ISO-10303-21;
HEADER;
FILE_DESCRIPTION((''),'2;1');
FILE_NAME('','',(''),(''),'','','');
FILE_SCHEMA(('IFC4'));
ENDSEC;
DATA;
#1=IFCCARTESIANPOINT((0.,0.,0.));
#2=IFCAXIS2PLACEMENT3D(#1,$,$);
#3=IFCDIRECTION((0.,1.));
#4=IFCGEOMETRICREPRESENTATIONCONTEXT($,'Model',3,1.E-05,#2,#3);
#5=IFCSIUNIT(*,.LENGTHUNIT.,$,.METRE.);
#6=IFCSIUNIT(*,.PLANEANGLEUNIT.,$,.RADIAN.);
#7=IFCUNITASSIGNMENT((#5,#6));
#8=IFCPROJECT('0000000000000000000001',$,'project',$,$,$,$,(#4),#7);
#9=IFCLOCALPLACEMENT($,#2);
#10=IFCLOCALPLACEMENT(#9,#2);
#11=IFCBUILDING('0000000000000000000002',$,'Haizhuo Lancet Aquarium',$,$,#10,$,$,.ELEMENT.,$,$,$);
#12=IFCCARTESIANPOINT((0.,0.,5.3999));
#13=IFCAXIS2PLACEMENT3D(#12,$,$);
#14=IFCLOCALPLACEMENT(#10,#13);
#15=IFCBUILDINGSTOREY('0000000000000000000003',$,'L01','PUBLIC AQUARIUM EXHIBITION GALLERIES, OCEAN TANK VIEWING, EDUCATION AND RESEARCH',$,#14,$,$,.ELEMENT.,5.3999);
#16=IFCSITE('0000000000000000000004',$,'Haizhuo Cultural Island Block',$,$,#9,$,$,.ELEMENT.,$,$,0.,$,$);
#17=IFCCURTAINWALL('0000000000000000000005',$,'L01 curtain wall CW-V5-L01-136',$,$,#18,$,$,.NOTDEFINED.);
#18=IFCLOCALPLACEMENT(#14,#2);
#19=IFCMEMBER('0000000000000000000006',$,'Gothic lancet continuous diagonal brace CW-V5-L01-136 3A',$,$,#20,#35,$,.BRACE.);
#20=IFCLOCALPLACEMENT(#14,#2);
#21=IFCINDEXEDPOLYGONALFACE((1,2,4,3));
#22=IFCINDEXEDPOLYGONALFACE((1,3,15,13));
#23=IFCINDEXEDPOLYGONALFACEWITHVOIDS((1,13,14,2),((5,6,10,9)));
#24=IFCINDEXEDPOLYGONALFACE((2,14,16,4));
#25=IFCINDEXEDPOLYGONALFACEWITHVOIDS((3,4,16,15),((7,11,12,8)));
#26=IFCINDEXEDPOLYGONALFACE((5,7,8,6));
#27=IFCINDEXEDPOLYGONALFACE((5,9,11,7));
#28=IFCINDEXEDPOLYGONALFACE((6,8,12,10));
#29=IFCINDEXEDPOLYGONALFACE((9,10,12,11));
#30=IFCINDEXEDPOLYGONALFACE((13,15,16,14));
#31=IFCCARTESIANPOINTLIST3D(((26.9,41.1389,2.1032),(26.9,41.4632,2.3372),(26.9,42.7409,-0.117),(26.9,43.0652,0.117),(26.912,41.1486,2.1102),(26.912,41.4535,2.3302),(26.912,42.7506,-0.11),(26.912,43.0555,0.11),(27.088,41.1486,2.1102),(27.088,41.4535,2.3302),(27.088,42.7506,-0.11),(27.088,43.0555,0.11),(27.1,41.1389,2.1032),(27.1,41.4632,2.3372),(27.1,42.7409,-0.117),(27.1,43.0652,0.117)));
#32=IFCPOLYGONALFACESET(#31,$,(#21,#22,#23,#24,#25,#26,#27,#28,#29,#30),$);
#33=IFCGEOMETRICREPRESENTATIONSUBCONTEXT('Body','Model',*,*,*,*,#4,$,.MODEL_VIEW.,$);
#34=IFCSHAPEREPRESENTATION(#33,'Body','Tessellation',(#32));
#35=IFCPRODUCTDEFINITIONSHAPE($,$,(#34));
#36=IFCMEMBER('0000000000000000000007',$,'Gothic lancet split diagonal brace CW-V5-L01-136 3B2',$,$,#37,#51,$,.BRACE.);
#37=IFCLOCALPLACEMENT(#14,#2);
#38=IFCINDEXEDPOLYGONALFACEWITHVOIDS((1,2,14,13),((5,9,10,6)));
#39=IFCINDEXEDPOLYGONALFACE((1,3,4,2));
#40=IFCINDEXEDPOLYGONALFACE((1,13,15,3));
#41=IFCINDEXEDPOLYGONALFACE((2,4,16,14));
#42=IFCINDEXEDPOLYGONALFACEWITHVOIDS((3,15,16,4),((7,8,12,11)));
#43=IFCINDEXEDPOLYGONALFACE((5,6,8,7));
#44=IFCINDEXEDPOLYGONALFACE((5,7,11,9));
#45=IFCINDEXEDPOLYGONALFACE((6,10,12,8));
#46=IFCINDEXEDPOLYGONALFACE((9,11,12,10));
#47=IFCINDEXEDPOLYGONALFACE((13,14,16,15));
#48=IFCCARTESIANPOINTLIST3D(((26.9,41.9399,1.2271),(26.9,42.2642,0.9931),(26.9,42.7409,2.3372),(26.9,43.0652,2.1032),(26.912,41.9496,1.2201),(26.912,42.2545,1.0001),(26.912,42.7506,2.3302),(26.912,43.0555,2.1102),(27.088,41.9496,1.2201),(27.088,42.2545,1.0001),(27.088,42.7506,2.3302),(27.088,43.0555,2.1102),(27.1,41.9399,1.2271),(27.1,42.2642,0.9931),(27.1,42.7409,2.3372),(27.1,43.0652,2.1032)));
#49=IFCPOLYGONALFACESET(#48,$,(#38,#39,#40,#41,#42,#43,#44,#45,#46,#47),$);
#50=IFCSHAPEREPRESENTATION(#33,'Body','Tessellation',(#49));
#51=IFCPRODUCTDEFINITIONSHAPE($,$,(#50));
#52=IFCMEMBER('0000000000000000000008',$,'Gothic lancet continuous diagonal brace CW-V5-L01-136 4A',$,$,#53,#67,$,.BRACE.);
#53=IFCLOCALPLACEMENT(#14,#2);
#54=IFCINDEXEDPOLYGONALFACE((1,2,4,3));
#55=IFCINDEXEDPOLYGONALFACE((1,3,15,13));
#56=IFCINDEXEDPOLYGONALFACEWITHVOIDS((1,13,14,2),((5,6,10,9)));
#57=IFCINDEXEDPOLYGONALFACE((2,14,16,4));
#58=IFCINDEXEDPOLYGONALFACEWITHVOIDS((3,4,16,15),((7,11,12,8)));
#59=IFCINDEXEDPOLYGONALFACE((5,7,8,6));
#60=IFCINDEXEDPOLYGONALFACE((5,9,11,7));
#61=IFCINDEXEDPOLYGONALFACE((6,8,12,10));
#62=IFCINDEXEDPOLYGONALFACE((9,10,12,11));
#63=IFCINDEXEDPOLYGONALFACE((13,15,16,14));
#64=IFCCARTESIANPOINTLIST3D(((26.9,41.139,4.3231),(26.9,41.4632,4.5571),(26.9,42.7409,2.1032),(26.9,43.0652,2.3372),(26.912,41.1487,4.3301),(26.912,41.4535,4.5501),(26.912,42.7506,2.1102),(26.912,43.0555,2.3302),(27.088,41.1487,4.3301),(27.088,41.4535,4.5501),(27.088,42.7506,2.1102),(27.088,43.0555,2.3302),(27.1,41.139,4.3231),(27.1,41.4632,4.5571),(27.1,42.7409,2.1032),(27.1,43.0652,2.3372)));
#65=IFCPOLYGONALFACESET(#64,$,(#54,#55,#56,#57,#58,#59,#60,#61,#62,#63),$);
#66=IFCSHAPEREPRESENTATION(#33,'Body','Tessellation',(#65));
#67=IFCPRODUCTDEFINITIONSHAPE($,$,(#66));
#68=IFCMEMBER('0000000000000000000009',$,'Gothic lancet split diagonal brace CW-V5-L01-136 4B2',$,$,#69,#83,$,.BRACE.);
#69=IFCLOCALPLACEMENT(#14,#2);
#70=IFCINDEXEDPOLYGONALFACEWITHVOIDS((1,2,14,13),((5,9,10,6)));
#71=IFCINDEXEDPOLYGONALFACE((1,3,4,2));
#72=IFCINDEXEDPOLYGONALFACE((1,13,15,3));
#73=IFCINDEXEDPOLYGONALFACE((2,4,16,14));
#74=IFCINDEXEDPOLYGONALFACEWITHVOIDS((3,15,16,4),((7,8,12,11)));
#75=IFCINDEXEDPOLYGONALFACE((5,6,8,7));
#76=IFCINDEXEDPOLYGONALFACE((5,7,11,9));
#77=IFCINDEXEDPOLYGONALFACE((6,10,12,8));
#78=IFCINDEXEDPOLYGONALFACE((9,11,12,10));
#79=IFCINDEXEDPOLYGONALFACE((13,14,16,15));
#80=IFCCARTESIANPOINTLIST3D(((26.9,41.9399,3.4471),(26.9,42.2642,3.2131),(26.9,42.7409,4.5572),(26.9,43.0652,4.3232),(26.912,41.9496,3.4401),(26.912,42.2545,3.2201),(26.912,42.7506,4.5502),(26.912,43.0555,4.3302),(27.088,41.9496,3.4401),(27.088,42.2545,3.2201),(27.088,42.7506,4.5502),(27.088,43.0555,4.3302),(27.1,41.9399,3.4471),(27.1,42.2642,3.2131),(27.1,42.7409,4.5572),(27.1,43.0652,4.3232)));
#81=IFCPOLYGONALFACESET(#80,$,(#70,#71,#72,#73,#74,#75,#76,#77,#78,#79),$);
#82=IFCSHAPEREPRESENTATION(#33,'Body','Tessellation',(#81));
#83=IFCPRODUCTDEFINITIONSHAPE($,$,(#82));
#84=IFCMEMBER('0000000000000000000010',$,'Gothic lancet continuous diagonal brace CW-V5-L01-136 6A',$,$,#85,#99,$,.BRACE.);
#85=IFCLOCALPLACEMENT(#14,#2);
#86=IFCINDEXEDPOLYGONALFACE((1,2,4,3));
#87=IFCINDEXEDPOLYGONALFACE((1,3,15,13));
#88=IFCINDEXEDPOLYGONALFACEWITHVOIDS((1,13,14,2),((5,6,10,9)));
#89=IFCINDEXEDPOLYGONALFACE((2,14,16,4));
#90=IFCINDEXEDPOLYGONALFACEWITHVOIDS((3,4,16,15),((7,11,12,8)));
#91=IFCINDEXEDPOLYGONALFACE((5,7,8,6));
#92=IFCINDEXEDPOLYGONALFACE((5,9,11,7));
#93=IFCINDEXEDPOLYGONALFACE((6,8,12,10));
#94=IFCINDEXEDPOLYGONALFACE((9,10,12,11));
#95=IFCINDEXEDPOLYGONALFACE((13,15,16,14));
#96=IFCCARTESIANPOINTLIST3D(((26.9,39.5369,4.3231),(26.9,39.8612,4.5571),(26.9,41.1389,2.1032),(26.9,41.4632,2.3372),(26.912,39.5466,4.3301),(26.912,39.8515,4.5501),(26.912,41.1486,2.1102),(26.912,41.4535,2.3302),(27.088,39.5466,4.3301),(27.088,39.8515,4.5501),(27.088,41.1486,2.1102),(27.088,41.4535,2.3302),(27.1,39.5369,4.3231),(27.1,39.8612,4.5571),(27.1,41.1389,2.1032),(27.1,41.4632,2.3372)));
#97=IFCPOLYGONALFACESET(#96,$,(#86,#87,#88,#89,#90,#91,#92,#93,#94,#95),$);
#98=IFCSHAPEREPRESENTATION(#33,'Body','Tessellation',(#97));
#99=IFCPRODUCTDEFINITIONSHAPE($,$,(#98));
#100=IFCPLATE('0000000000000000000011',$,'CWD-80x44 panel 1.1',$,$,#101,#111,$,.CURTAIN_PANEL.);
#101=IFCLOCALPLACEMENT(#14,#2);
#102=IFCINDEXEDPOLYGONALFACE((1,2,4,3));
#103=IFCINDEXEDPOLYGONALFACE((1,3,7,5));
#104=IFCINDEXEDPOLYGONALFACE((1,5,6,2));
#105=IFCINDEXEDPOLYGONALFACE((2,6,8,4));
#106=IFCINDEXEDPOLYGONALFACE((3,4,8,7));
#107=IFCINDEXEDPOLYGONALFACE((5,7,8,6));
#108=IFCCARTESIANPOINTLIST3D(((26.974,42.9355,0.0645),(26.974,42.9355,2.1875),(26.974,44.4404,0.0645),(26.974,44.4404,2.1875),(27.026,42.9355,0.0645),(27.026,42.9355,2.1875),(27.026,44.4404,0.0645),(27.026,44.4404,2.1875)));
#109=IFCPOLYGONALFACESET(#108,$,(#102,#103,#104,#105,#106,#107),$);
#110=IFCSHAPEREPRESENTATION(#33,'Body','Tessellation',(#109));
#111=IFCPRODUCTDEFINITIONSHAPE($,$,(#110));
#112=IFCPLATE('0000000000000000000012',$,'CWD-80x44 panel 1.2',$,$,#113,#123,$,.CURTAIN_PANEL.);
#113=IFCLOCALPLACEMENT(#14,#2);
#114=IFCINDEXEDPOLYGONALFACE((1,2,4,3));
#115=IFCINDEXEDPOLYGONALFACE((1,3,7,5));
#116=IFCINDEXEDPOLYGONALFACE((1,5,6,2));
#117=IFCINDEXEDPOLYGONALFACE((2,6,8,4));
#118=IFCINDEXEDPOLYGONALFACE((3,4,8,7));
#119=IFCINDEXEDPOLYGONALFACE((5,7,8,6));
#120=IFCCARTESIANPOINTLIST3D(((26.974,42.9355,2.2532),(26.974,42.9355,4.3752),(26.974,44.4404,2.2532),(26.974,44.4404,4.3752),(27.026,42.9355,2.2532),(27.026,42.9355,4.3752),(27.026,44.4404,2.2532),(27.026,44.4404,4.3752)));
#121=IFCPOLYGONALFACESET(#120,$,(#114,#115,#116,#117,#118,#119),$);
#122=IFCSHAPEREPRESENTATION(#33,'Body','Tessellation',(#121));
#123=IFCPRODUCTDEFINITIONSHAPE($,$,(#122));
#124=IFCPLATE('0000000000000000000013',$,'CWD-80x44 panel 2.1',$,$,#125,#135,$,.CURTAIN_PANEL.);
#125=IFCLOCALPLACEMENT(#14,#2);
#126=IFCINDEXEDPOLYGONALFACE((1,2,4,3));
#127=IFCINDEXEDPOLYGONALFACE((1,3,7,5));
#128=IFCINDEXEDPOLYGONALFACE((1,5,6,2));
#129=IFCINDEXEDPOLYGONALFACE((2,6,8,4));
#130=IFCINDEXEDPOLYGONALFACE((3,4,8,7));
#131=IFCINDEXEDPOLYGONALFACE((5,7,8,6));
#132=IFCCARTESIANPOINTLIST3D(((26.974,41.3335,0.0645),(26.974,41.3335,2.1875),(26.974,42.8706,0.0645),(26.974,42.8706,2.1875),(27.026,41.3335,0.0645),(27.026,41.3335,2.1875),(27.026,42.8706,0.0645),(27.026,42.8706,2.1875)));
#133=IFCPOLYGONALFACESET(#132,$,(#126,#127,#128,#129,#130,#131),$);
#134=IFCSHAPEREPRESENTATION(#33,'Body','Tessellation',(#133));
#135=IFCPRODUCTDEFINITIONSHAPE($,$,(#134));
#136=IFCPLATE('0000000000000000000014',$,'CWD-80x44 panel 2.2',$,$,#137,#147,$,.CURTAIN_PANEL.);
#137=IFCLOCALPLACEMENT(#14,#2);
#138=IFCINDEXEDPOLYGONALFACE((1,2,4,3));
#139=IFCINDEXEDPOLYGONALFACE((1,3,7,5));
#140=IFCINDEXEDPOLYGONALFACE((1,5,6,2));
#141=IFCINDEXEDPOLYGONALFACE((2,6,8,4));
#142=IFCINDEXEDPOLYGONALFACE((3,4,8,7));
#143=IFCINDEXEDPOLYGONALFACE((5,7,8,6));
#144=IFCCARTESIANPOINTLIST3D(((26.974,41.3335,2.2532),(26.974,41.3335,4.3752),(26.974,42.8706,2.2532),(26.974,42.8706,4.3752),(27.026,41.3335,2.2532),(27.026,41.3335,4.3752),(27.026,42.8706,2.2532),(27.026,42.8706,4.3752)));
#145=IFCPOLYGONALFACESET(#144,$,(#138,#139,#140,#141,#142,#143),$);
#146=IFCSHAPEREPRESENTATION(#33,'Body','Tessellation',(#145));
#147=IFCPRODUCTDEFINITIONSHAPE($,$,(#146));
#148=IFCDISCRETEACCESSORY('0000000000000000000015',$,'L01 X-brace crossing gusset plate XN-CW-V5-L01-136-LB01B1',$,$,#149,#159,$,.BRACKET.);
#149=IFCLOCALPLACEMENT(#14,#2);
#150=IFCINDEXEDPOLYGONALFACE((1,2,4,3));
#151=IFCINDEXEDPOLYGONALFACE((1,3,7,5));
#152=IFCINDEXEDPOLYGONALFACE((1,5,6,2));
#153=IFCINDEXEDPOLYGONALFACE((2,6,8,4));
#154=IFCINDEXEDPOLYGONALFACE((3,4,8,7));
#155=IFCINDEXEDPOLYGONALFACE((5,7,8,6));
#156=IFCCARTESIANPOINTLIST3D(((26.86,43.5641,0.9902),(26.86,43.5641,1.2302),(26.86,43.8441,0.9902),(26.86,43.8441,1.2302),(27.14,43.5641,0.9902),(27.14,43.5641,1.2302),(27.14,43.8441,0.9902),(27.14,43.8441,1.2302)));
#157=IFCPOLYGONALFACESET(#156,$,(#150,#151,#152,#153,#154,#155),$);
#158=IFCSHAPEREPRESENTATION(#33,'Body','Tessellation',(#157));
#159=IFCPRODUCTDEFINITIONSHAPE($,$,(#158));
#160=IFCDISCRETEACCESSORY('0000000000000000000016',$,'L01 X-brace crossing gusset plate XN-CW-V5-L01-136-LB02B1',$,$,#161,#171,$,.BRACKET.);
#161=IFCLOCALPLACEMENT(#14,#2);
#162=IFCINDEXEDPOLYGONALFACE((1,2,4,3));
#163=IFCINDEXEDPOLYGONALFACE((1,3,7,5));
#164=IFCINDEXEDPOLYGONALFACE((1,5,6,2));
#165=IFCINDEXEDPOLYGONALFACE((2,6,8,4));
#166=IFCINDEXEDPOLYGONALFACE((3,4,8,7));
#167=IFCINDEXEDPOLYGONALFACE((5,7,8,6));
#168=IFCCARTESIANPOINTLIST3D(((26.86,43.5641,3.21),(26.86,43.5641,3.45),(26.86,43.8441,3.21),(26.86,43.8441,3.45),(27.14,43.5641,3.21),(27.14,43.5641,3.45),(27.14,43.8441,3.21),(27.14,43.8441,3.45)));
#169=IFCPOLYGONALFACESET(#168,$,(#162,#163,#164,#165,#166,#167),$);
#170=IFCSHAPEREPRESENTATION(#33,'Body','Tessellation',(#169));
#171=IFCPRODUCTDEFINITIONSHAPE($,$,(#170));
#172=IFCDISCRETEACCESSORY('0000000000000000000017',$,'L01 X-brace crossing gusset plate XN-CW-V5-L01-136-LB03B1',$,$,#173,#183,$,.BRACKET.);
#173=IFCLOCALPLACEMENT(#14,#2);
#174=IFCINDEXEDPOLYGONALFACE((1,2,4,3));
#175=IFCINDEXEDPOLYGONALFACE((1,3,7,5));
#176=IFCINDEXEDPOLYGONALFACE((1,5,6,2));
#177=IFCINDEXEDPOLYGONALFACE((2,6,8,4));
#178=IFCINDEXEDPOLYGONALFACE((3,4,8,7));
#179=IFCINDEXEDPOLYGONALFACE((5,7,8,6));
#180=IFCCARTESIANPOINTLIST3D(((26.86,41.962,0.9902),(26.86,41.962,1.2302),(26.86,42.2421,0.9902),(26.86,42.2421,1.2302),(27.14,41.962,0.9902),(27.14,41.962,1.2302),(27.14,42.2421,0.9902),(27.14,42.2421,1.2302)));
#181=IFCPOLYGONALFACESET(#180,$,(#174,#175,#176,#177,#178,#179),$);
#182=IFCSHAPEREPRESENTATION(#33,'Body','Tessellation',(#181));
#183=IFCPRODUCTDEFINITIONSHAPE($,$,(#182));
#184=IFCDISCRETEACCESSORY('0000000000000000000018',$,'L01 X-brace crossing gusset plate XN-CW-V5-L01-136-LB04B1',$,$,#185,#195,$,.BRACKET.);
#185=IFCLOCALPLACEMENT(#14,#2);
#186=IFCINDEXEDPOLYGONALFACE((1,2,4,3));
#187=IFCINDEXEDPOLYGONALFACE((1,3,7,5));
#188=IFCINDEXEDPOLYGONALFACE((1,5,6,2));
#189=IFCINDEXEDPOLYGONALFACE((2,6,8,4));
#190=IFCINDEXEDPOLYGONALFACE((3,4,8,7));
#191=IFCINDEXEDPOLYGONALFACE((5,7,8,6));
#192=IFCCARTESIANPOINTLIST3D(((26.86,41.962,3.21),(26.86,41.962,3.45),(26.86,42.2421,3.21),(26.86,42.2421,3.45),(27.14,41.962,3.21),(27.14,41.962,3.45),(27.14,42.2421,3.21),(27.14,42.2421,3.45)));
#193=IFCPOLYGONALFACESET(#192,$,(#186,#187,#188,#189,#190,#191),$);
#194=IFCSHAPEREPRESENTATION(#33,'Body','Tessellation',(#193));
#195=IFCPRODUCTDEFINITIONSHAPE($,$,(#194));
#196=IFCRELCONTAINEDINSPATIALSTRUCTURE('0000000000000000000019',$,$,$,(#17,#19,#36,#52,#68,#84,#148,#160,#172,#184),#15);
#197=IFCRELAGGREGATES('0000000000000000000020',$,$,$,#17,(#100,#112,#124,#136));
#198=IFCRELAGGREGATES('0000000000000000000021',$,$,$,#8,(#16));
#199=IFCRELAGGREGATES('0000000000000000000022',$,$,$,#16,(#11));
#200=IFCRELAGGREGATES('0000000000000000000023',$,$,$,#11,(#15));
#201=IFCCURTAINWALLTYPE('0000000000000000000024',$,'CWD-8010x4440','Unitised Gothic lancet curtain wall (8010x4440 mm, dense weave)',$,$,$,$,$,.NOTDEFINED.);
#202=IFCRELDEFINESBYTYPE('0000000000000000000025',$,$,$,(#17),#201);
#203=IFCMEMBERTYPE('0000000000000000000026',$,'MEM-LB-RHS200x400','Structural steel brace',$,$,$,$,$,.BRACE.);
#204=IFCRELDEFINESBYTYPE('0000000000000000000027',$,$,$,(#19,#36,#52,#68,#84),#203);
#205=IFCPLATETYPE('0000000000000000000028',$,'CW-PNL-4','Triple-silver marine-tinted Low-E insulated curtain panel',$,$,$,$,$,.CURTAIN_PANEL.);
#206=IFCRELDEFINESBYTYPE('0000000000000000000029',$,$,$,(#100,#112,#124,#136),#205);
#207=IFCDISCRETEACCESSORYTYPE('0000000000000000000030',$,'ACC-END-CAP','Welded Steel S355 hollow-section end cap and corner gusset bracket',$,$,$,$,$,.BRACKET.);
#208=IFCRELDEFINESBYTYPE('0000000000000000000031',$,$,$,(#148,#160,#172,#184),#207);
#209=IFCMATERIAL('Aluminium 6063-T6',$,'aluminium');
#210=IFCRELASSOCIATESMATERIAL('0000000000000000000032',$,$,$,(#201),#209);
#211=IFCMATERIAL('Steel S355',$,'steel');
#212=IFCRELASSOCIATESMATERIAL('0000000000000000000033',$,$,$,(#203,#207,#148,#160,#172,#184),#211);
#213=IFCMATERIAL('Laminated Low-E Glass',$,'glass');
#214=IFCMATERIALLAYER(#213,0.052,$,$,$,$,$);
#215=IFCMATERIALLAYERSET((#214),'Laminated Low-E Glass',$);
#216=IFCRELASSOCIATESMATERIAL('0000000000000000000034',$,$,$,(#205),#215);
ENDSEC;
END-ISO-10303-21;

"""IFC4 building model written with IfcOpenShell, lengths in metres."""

from ifc_helpers import new_model, si_unit, direction, frame, origin, origin_2d, place, context, subcontext, project, spatial, rectangle, hollow_rectangle, extrude, material, layer, layer_set, material_profile, profile_set, type_object, element, aggregate, save


model = new_model("IFC4")

# Units and contexts
model_context = context("Model", 3, precision=1e-05, world=origin(), true_north=direction((0.0, 1.0)))
body_context = subcontext(model_context, "Body", "Model", "MODEL_VIEW")
ifc_project = project(units=[si_unit("LENGTHUNIT", "METRE"), si_unit("PLANEANGLEUNIT", "RADIAN")], contexts=[model_context])

# Site, building, storey
site_placement = place(None, origin())
site = spatial("IfcSite", under=ifc_project, at=site_placement, Name="Haizhuo Cultural Island Block", CompositionType="ELEMENT", RefElevation=0.0)
building_placement = place(site_placement, origin())
building = spatial("IfcBuilding", under=site, at=building_placement, Name="Haizhuo Lancet Aquarium", CompositionType="ELEMENT")
storey_placement = place(building_placement, frame((0.0, 0.0, 5.3999)))
storey = spatial("IfcBuildingStorey", under=building, at=storey_placement, Name="L01", Description="PUBLIC AQUARIUM EXHIBITION GALLERIES, OCEAN TANK VIEWING, EDUCATION AND RESEARCH", CompositionType="ELEMENT", Elevation=5.3999)

# Curtain wall
ifc_material_1 = material(Name="Aluminium 6063-T6", Category="aluminium")
curtain_wall_type = type_object("IfcCurtainWallType", Name="CWD-8010x4440", Description="Unitised Gothic lancet curtain wall (8010x4440 mm, dense weave)", PredefinedType="NOTDEFINED", material=ifc_material_1)
curtain_wall_placement = place(storey_placement, origin())
curtain_wall = element("IfcCurtainWall", 1, at=curtain_wall_placement, inside=storey, type_object=curtain_wall_type, Name="L01 curtain wall CW-V5-L01-136", PredefinedType="NOTDEFINED")

# Members
ifc_material_2 = material(Name="Steel S355", Category="steel")
ifc_material_profile_1 = material_profile(ifc_material_2, hollow_rectangle(XDim=0.2, YDim=0.3999, WallThickness=0.012, at=origin_2d()), Name="RHS 200x400x12")
ifc_profile_set_1 = profile_set([ifc_material_profile_1], Name="Steel S355")
member_type_1 = type_object("IfcMemberType", Name="MEM-LB-RHS200x400", Description="Structural steel brace", PredefinedType="BRACE", material=ifc_profile_set_1)
member_1_placement = place(storey_placement, frame((27.0, 42.9031, 0.0), z_axis=(0.0, -0.585145, 0.810928), x_axis=(1.0, 0.0, 0.0)))
element("IfcMember", 2, at=member_1_placement, inside=storey, type_object=member_type_1, Name="Gothic lancet continuous diagonal brace CW-V5-L01-136 3A", PredefinedType="BRACE", context=body_context, shape_type="SweptSolid", body=[
    extrude(hollow_rectangle(XDim=0.2, YDim=0.3999, WallThickness=0.012, at=origin_2d()), origin(), (0.0, 0.0, 1.0), 2.7378),
])
member_2_placement = place(storey_placement, frame((27.0, 42.1021, 1.1101), z_axis=(0.0, 0.585145, 0.810928), x_axis=(-1.0, 0.0, 0.0)))
element("IfcMember", 3, at=member_2_placement, inside=storey, type_object=member_type_1, Name="Gothic lancet split diagonal brace CW-V5-L01-136 3B2", PredefinedType="BRACE", context=body_context, shape_type="SweptSolid", body=[
    extrude(hollow_rectangle(XDim=0.2, YDim=0.3999, WallThickness=0.012, at=origin_2d()), origin(), (0.0, 0.0, 1.0), 1.3689),
])
member_3_placement = place(storey_placement, frame((27.0, 42.9031, 2.2202), z_axis=(0.0, -0.585188, 0.810898), x_axis=(1.0, 0.0, 0.0)))
element("IfcMember", 4, at=member_3_placement, inside=storey, type_object=member_type_1, Name="Gothic lancet continuous diagonal brace CW-V5-L01-136 4A", PredefinedType="BRACE", context=body_context, shape_type="SweptSolid", body=[
    extrude(hollow_rectangle(XDim=0.2, YDim=0.3999, WallThickness=0.012, at=origin_2d()), origin(), (0.0, 0.0, 1.0), 2.7375),
])
member_4_placement = place(storey_placement, frame((27.0, 42.1021, 3.3301), z_axis=(0.0, 0.585145, 0.810928), x_axis=(-1.0, 0.0, 0.0)))
element("IfcMember", 5, at=member_4_placement, inside=storey, type_object=member_type_1, Name="Gothic lancet split diagonal brace CW-V5-L01-136 4B2", PredefinedType="BRACE", context=body_context, shape_type="SweptSolid", body=[
    extrude(hollow_rectangle(XDim=0.2, YDim=0.3999, WallThickness=0.012, at=origin_2d()), origin(), (0.0, 0.0, 1.0), 1.3689),
])
member_5_placement = place(storey_placement, frame((27.0, 41.301, 2.2202), z_axis=(0.0, -0.585188, 0.810898), x_axis=(1.0, 0.0, 0.0)))
element("IfcMember", 6, at=member_5_placement, inside=storey, type_object=member_type_1, Name="Gothic lancet continuous diagonal brace CW-V5-L01-136 6A", PredefinedType="BRACE", context=body_context, shape_type="SweptSolid", body=[
    extrude(hollow_rectangle(XDim=0.2, YDim=0.3999, WallThickness=0.012, at=origin_2d()), origin(), (0.0, 0.0, 1.0), 2.7375),
])

# Plates
ifc_material_3 = material(Name="Laminated Low-E Glass", Category="glass")
ifc_layer = layer(ifc_material_3, 0.052)
ifc_layer_set = layer_set([ifc_layer], Name="Laminated Low-E Glass")
plate_type = type_object("IfcPlateType", Name="CW-PNL-4", Description="Triple-silver marine-tinted Low-E insulated curtain panel", PredefinedType="CURTAIN_PANEL", material=ifc_layer_set)
plate_1_placement = place(storey_placement, frame((27.0, 43.688, 0.0645), z_axis=(0.0, 0.0, 1.0), x_axis=(0.0, -1.0, 0.0)))
plate_1 = element("IfcPlate", 7, at=plate_1_placement, type_object=plate_type, Name="CWD-80x44 panel 1.1", PredefinedType="CURTAIN_PANEL", context=body_context, shape_type="SweptSolid", body=[
    extrude(rectangle(XDim=1.5049, YDim=0.052, at=origin_2d()), origin(), (0.0, 0.0, 1.0), 2.123),
])
plate_2_placement = place(storey_placement, frame((27.0, 43.688, 2.2532), z_axis=(0.0, 0.0, 1.0), x_axis=(0.0, -1.0, 0.0)))
plate_2 = element("IfcPlate", 8, at=plate_2_placement, type_object=plate_type, Name="CWD-80x44 panel 1.2", PredefinedType="CURTAIN_PANEL", context=body_context, shape_type="SweptSolid", body=[
    extrude(rectangle(XDim=1.5049, YDim=0.052, at=origin_2d()), origin(), (0.0, 0.0, 1.0), 2.1221),
])
plate_3_placement = place(storey_placement, frame((27.0, 42.1021, 0.0645), z_axis=(0.0, 0.0, 1.0), x_axis=(0.0, -1.0, 0.0)))
plate_3 = element("IfcPlate", 9, at=plate_3_placement, type_object=plate_type, Name="CWD-80x44 panel 2.1", PredefinedType="CURTAIN_PANEL", context=body_context, shape_type="SweptSolid", body=[
    extrude(rectangle(XDim=1.5371, YDim=0.052, at=origin_2d()), origin(), (0.0, 0.0, 1.0), 2.123),
])
plate_4_placement = place(storey_placement, frame((27.0, 42.1021, 2.2532), z_axis=(0.0, 0.0, 1.0), x_axis=(0.0, -1.0, 0.0)))
plate_4 = element("IfcPlate", 10, at=plate_4_placement, type_object=plate_type, Name="CWD-80x44 panel 2.2", PredefinedType="CURTAIN_PANEL", context=body_context, shape_type="SweptSolid", body=[
    extrude(rectangle(XDim=1.5371, YDim=0.052, at=origin_2d()), origin(), (0.0, 0.0, 1.0), 2.1221),
])
aggregate(curtain_wall, [plate_1, plate_2, plate_3, plate_4])

# Discrete accessories
discrete_accessory_type = type_object("IfcDiscreteAccessoryType", Name="ACC-END-CAP", Description="Welded Steel S355 hollow-section end cap and corner gusset bracket", PredefinedType="BRACKET", material=ifc_material_2)
for number, where, z_axis, x_axis, name in (
    (11, (27.0, 43.7041, 0.9902), (0.0, 0.0, 1.0), (1.0, 0.0, 0.0), "L01 X-brace crossing gusset plate XN-CW-V5-L01-136-LB01B1"),
    (12, (27.0, 43.7041, 3.21), (0.0, 0.0, 1.0), (1.0, 0.0, 0.0), "L01 X-brace crossing gusset plate XN-CW-V5-L01-136-LB02B1"),
    (13, (27.0, 42.1021, 0.9902), (0.0, 0.0, 1.0), (1.0, 0.0, 0.0), "L01 X-brace crossing gusset plate XN-CW-V5-L01-136-LB03B1"),
    (14, (27.0, 42.1021, 3.21), (0.0, 0.0, 1.0), (1.0, 0.0, 0.0), "L01 X-brace crossing gusset plate XN-CW-V5-L01-136-LB04B1"),
):
    element("IfcDiscreteAccessory", number, at=place(storey_placement, frame(where, z_axis=z_axis, x_axis=x_axis)), inside=storey, type_object=discrete_accessory_type, material=ifc_material_2, Name=name, PredefinedType="BRACKET", context=body_context, shape_type="SweptSolid", body=[
        extrude(rectangle(XDim=0.28, YDim=0.28, at=origin_2d()), origin(), (0.0, 0.0, 1.0), 0.24),
    ])

save(model, "model.ifc")
